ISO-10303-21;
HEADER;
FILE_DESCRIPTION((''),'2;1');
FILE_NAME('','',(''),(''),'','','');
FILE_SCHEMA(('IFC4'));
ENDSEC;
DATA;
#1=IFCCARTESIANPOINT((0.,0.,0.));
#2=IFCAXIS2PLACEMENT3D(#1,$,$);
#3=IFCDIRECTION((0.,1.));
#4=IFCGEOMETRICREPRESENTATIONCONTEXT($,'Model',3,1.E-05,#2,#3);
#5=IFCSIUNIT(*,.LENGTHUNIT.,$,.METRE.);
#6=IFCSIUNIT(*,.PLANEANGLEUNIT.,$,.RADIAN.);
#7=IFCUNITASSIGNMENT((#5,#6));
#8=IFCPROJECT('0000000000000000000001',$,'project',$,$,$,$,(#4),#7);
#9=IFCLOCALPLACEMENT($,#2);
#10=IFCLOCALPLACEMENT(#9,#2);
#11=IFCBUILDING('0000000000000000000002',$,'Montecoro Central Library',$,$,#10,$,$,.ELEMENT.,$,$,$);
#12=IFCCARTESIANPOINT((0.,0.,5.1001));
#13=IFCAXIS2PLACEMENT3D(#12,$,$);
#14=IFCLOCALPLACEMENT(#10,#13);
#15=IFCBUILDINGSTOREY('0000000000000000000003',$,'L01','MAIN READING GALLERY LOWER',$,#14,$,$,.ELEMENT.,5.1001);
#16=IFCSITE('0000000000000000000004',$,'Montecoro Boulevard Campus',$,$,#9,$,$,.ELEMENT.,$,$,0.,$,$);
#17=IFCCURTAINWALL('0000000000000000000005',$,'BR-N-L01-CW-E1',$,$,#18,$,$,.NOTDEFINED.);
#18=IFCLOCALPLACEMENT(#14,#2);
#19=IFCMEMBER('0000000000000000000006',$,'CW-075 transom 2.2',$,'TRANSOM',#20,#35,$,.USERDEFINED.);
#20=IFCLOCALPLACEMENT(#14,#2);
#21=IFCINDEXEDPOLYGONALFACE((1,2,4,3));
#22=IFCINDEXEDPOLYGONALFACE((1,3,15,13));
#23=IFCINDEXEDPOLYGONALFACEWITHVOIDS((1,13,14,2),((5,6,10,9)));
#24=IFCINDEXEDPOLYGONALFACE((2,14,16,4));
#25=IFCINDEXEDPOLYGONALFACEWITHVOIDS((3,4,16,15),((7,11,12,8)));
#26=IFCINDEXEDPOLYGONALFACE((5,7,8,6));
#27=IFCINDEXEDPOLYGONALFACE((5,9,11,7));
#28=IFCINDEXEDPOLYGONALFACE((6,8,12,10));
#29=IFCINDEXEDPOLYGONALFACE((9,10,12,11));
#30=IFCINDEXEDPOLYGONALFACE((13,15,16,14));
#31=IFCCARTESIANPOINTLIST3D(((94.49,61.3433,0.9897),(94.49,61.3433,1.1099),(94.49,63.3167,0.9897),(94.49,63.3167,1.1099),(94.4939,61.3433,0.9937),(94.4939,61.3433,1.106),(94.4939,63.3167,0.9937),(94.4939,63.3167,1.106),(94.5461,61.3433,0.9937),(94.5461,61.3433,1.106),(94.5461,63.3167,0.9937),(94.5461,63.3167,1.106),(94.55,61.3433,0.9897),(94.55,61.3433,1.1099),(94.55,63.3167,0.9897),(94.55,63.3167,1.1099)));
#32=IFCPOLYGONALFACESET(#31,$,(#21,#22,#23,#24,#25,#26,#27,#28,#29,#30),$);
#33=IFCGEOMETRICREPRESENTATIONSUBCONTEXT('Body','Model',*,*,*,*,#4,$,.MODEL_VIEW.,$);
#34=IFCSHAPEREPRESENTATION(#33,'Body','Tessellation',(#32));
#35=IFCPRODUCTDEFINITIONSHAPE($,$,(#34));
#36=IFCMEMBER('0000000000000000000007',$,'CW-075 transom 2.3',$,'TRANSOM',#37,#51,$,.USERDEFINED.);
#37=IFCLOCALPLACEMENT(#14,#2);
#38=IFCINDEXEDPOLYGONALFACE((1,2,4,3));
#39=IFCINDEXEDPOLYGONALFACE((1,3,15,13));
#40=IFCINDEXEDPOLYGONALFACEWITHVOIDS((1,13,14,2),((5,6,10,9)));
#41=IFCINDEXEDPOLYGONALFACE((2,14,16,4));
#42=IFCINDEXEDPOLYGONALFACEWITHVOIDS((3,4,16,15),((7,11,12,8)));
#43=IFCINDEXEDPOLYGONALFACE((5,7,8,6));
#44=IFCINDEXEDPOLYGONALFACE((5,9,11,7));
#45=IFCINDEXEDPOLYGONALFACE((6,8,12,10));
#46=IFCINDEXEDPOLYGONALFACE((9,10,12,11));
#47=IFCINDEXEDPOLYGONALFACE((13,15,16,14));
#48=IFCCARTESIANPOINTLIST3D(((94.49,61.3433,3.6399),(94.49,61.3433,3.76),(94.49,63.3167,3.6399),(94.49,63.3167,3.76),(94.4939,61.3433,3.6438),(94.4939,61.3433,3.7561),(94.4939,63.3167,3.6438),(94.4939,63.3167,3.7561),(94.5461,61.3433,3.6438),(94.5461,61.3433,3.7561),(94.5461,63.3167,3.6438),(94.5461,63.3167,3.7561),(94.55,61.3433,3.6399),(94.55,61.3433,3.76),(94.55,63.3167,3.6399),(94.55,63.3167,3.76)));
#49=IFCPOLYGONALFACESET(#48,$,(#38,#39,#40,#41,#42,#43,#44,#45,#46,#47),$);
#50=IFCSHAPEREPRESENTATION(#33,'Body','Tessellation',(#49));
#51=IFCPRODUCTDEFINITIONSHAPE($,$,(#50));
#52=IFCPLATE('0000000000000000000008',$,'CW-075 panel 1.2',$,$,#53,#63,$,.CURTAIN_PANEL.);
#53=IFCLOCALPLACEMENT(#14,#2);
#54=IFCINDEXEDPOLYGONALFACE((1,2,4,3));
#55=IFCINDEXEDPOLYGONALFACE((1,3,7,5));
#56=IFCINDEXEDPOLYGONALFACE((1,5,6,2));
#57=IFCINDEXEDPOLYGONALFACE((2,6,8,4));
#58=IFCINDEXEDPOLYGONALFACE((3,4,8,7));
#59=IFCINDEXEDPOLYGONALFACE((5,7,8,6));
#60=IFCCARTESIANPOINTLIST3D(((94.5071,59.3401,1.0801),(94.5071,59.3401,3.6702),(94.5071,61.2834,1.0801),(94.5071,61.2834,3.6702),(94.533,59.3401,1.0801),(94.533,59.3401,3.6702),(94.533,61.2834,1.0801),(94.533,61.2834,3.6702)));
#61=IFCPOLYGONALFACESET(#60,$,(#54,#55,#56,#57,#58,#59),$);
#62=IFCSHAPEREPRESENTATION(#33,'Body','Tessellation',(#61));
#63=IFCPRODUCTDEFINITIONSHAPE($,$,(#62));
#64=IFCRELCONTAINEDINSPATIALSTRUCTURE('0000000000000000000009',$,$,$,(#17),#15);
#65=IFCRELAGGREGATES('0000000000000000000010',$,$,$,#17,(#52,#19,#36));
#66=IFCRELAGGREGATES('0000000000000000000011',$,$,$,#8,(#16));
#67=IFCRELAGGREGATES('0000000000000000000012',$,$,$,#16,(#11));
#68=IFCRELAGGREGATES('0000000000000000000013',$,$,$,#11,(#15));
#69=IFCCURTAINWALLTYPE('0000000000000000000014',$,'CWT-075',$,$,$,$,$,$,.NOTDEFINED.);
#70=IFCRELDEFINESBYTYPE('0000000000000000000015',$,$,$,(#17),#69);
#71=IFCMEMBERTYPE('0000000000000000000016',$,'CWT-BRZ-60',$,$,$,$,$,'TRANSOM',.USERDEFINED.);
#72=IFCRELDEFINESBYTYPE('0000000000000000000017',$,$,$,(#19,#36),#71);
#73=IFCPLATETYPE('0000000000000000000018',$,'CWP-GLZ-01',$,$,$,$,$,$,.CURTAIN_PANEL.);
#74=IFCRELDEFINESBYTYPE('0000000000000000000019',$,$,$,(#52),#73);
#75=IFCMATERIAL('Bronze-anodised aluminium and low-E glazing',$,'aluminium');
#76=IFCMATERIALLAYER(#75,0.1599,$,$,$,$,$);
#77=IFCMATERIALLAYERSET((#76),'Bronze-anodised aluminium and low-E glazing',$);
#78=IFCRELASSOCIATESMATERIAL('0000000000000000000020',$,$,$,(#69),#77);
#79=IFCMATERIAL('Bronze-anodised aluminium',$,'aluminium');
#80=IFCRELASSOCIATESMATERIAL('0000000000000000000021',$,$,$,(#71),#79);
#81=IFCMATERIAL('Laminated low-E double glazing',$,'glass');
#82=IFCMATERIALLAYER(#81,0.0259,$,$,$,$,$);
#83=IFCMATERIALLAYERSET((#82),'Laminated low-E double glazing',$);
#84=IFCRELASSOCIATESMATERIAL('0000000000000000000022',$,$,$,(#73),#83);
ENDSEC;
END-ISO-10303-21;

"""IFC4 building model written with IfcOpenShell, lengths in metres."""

from ifc_helpers import new_model, si_unit, direction, frame, origin, origin_2d, place, context, subcontext, project, spatial, rectangle, hollow_rectangle, extrude, material, layer, layer_set, material_profile, profile_set, type_object, element, aggregate, save


model = new_model("IFC4")

# Units and contexts
model_context = context("Model", 3, precision=1e-05, world=origin(), true_north=direction((0.0, 1.0)))
body_context = subcontext(model_context, "Body", "Model", "MODEL_VIEW")
ifc_project = project(units=[si_unit("LENGTHUNIT", "METRE"), si_unit("PLANEANGLEUNIT", "RADIAN")], contexts=[model_context])

# Site, building, storey
site_placement = place(None, origin())
site = spatial("IfcSite", under=ifc_project, at=site_placement, Name="Montecoro Boulevard Campus", CompositionType="ELEMENT", RefElevation=0.0)
building_placement = place(site_placement, origin())
building = spatial("IfcBuilding", under=site, at=building_placement, Name="Montecoro Central Library", CompositionType="ELEMENT")
storey_placement = place(building_placement, frame((0.0, 0.0, 5.1001)))
storey = spatial("IfcBuildingStorey", under=building, at=storey_placement, Name="L01", Description="MAIN READING GALLERY LOWER", CompositionType="ELEMENT", Elevation=5.1001)

# Curtain wall, members, plate
ifc_material_1 = material(Name="Bronze-anodised aluminium and low-E glazing", Category="aluminium")
ifc_layer_1 = layer(ifc_material_1, 0.1599)
ifc_layer_set_1 = layer_set([ifc_layer_1], Name="Bronze-anodised aluminium and low-E glazing")
curtain_wall_type = type_object("IfcCurtainWallType", Name="CWT-075", PredefinedType="NOTDEFINED", material=ifc_layer_set_1)
curtain_wall_placement = place(storey_placement, origin())
curtain_wall = element("IfcCurtainWall", 1, at=curtain_wall_placement, inside=storey, type_object=curtain_wall_type, Name="BR-N-L01-CW-E1", PredefinedType="NOTDEFINED")
ifc_material_2 = material(Name="Bronze-anodised aluminium", Category="aluminium")
ifc_material_profile_1 = material_profile(ifc_material_2, hollow_rectangle(XDim=0.0601, YDim=0.1201, WallThickness=0.0039, at=origin_2d()), Name="CWT 120x60x4.0")
ifc_profile_set_1 = profile_set([ifc_material_profile_1], Name="Bronze-anodised aluminium")
member_type_1 = type_object("IfcMemberType", Name="CWT-BRZ-60", ElementType="TRANSOM", PredefinedType="USERDEFINED", material=ifc_profile_set_1)
member_1_placement = place(storey_placement, frame((94.52, 61.3433, 1.0498), z_axis=(0.0, 1.0, 0.0), x_axis=(-1.0, 0.0, 0.0)))
member_1 = element("IfcMember", 2, at=member_1_placement, type_object=member_type_1, Name="CW-075 transom 2.2", ObjectType="TRANSOM", PredefinedType="USERDEFINED", context=body_context, shape_type="SweptSolid", body=[
    extrude(hollow_rectangle(XDim=0.0601, YDim=0.1201, WallThickness=0.0039, at=origin_2d()), origin(), (0.0, 0.0, 1.0), 1.9734),
])
member_2_placement = place(storey_placement, frame((94.52, 61.3433, 3.7), z_axis=(0.0, 1.0, 0.0), x_axis=(-1.0, 0.0, 0.0)))
member_2 = element("IfcMember", 3, at=member_2_placement, type_object=member_type_1, Name="CW-075 transom 2.3", ObjectType="TRANSOM", PredefinedType="USERDEFINED", context=body_context, shape_type="SweptSolid", body=[
    extrude(hollow_rectangle(XDim=0.0601, YDim=0.1201, WallThickness=0.0039, at=origin_2d()), origin(), (0.0, 0.0, 1.0), 1.9734),
])
ifc_material_3 = material(Name="Laminated low-E double glazing", Category="glass")
ifc_layer_2 = layer(ifc_material_3, 0.0259)
ifc_layer_set_2 = layer_set([ifc_layer_2], Name="Laminated low-E double glazing")
plate_type = type_object("IfcPlateType", Name="CWP-GLZ-01", PredefinedType="CURTAIN_PANEL", material=ifc_layer_set_2)
plate_placement = place(storey_placement, frame((94.52, 60.3118, 1.0801), z_axis=(0.0, 0.0, 1.0), x_axis=(0.0, 1.0, 0.0)))
plate = element("IfcPlate", 4, at=plate_placement, type_object=plate_type, Name="CW-075 panel 1.2", PredefinedType="CURTAIN_PANEL", context=body_context, shape_type="SweptSolid", body=[
    extrude(rectangle(XDim=1.9434, YDim=0.0259, at=origin_2d()), origin(), (0.0, 0.0, 1.0), 2.5901),
])
aggregate(curtain_wall, [plate, member_1, member_2])

save(model, "model.ifc")
